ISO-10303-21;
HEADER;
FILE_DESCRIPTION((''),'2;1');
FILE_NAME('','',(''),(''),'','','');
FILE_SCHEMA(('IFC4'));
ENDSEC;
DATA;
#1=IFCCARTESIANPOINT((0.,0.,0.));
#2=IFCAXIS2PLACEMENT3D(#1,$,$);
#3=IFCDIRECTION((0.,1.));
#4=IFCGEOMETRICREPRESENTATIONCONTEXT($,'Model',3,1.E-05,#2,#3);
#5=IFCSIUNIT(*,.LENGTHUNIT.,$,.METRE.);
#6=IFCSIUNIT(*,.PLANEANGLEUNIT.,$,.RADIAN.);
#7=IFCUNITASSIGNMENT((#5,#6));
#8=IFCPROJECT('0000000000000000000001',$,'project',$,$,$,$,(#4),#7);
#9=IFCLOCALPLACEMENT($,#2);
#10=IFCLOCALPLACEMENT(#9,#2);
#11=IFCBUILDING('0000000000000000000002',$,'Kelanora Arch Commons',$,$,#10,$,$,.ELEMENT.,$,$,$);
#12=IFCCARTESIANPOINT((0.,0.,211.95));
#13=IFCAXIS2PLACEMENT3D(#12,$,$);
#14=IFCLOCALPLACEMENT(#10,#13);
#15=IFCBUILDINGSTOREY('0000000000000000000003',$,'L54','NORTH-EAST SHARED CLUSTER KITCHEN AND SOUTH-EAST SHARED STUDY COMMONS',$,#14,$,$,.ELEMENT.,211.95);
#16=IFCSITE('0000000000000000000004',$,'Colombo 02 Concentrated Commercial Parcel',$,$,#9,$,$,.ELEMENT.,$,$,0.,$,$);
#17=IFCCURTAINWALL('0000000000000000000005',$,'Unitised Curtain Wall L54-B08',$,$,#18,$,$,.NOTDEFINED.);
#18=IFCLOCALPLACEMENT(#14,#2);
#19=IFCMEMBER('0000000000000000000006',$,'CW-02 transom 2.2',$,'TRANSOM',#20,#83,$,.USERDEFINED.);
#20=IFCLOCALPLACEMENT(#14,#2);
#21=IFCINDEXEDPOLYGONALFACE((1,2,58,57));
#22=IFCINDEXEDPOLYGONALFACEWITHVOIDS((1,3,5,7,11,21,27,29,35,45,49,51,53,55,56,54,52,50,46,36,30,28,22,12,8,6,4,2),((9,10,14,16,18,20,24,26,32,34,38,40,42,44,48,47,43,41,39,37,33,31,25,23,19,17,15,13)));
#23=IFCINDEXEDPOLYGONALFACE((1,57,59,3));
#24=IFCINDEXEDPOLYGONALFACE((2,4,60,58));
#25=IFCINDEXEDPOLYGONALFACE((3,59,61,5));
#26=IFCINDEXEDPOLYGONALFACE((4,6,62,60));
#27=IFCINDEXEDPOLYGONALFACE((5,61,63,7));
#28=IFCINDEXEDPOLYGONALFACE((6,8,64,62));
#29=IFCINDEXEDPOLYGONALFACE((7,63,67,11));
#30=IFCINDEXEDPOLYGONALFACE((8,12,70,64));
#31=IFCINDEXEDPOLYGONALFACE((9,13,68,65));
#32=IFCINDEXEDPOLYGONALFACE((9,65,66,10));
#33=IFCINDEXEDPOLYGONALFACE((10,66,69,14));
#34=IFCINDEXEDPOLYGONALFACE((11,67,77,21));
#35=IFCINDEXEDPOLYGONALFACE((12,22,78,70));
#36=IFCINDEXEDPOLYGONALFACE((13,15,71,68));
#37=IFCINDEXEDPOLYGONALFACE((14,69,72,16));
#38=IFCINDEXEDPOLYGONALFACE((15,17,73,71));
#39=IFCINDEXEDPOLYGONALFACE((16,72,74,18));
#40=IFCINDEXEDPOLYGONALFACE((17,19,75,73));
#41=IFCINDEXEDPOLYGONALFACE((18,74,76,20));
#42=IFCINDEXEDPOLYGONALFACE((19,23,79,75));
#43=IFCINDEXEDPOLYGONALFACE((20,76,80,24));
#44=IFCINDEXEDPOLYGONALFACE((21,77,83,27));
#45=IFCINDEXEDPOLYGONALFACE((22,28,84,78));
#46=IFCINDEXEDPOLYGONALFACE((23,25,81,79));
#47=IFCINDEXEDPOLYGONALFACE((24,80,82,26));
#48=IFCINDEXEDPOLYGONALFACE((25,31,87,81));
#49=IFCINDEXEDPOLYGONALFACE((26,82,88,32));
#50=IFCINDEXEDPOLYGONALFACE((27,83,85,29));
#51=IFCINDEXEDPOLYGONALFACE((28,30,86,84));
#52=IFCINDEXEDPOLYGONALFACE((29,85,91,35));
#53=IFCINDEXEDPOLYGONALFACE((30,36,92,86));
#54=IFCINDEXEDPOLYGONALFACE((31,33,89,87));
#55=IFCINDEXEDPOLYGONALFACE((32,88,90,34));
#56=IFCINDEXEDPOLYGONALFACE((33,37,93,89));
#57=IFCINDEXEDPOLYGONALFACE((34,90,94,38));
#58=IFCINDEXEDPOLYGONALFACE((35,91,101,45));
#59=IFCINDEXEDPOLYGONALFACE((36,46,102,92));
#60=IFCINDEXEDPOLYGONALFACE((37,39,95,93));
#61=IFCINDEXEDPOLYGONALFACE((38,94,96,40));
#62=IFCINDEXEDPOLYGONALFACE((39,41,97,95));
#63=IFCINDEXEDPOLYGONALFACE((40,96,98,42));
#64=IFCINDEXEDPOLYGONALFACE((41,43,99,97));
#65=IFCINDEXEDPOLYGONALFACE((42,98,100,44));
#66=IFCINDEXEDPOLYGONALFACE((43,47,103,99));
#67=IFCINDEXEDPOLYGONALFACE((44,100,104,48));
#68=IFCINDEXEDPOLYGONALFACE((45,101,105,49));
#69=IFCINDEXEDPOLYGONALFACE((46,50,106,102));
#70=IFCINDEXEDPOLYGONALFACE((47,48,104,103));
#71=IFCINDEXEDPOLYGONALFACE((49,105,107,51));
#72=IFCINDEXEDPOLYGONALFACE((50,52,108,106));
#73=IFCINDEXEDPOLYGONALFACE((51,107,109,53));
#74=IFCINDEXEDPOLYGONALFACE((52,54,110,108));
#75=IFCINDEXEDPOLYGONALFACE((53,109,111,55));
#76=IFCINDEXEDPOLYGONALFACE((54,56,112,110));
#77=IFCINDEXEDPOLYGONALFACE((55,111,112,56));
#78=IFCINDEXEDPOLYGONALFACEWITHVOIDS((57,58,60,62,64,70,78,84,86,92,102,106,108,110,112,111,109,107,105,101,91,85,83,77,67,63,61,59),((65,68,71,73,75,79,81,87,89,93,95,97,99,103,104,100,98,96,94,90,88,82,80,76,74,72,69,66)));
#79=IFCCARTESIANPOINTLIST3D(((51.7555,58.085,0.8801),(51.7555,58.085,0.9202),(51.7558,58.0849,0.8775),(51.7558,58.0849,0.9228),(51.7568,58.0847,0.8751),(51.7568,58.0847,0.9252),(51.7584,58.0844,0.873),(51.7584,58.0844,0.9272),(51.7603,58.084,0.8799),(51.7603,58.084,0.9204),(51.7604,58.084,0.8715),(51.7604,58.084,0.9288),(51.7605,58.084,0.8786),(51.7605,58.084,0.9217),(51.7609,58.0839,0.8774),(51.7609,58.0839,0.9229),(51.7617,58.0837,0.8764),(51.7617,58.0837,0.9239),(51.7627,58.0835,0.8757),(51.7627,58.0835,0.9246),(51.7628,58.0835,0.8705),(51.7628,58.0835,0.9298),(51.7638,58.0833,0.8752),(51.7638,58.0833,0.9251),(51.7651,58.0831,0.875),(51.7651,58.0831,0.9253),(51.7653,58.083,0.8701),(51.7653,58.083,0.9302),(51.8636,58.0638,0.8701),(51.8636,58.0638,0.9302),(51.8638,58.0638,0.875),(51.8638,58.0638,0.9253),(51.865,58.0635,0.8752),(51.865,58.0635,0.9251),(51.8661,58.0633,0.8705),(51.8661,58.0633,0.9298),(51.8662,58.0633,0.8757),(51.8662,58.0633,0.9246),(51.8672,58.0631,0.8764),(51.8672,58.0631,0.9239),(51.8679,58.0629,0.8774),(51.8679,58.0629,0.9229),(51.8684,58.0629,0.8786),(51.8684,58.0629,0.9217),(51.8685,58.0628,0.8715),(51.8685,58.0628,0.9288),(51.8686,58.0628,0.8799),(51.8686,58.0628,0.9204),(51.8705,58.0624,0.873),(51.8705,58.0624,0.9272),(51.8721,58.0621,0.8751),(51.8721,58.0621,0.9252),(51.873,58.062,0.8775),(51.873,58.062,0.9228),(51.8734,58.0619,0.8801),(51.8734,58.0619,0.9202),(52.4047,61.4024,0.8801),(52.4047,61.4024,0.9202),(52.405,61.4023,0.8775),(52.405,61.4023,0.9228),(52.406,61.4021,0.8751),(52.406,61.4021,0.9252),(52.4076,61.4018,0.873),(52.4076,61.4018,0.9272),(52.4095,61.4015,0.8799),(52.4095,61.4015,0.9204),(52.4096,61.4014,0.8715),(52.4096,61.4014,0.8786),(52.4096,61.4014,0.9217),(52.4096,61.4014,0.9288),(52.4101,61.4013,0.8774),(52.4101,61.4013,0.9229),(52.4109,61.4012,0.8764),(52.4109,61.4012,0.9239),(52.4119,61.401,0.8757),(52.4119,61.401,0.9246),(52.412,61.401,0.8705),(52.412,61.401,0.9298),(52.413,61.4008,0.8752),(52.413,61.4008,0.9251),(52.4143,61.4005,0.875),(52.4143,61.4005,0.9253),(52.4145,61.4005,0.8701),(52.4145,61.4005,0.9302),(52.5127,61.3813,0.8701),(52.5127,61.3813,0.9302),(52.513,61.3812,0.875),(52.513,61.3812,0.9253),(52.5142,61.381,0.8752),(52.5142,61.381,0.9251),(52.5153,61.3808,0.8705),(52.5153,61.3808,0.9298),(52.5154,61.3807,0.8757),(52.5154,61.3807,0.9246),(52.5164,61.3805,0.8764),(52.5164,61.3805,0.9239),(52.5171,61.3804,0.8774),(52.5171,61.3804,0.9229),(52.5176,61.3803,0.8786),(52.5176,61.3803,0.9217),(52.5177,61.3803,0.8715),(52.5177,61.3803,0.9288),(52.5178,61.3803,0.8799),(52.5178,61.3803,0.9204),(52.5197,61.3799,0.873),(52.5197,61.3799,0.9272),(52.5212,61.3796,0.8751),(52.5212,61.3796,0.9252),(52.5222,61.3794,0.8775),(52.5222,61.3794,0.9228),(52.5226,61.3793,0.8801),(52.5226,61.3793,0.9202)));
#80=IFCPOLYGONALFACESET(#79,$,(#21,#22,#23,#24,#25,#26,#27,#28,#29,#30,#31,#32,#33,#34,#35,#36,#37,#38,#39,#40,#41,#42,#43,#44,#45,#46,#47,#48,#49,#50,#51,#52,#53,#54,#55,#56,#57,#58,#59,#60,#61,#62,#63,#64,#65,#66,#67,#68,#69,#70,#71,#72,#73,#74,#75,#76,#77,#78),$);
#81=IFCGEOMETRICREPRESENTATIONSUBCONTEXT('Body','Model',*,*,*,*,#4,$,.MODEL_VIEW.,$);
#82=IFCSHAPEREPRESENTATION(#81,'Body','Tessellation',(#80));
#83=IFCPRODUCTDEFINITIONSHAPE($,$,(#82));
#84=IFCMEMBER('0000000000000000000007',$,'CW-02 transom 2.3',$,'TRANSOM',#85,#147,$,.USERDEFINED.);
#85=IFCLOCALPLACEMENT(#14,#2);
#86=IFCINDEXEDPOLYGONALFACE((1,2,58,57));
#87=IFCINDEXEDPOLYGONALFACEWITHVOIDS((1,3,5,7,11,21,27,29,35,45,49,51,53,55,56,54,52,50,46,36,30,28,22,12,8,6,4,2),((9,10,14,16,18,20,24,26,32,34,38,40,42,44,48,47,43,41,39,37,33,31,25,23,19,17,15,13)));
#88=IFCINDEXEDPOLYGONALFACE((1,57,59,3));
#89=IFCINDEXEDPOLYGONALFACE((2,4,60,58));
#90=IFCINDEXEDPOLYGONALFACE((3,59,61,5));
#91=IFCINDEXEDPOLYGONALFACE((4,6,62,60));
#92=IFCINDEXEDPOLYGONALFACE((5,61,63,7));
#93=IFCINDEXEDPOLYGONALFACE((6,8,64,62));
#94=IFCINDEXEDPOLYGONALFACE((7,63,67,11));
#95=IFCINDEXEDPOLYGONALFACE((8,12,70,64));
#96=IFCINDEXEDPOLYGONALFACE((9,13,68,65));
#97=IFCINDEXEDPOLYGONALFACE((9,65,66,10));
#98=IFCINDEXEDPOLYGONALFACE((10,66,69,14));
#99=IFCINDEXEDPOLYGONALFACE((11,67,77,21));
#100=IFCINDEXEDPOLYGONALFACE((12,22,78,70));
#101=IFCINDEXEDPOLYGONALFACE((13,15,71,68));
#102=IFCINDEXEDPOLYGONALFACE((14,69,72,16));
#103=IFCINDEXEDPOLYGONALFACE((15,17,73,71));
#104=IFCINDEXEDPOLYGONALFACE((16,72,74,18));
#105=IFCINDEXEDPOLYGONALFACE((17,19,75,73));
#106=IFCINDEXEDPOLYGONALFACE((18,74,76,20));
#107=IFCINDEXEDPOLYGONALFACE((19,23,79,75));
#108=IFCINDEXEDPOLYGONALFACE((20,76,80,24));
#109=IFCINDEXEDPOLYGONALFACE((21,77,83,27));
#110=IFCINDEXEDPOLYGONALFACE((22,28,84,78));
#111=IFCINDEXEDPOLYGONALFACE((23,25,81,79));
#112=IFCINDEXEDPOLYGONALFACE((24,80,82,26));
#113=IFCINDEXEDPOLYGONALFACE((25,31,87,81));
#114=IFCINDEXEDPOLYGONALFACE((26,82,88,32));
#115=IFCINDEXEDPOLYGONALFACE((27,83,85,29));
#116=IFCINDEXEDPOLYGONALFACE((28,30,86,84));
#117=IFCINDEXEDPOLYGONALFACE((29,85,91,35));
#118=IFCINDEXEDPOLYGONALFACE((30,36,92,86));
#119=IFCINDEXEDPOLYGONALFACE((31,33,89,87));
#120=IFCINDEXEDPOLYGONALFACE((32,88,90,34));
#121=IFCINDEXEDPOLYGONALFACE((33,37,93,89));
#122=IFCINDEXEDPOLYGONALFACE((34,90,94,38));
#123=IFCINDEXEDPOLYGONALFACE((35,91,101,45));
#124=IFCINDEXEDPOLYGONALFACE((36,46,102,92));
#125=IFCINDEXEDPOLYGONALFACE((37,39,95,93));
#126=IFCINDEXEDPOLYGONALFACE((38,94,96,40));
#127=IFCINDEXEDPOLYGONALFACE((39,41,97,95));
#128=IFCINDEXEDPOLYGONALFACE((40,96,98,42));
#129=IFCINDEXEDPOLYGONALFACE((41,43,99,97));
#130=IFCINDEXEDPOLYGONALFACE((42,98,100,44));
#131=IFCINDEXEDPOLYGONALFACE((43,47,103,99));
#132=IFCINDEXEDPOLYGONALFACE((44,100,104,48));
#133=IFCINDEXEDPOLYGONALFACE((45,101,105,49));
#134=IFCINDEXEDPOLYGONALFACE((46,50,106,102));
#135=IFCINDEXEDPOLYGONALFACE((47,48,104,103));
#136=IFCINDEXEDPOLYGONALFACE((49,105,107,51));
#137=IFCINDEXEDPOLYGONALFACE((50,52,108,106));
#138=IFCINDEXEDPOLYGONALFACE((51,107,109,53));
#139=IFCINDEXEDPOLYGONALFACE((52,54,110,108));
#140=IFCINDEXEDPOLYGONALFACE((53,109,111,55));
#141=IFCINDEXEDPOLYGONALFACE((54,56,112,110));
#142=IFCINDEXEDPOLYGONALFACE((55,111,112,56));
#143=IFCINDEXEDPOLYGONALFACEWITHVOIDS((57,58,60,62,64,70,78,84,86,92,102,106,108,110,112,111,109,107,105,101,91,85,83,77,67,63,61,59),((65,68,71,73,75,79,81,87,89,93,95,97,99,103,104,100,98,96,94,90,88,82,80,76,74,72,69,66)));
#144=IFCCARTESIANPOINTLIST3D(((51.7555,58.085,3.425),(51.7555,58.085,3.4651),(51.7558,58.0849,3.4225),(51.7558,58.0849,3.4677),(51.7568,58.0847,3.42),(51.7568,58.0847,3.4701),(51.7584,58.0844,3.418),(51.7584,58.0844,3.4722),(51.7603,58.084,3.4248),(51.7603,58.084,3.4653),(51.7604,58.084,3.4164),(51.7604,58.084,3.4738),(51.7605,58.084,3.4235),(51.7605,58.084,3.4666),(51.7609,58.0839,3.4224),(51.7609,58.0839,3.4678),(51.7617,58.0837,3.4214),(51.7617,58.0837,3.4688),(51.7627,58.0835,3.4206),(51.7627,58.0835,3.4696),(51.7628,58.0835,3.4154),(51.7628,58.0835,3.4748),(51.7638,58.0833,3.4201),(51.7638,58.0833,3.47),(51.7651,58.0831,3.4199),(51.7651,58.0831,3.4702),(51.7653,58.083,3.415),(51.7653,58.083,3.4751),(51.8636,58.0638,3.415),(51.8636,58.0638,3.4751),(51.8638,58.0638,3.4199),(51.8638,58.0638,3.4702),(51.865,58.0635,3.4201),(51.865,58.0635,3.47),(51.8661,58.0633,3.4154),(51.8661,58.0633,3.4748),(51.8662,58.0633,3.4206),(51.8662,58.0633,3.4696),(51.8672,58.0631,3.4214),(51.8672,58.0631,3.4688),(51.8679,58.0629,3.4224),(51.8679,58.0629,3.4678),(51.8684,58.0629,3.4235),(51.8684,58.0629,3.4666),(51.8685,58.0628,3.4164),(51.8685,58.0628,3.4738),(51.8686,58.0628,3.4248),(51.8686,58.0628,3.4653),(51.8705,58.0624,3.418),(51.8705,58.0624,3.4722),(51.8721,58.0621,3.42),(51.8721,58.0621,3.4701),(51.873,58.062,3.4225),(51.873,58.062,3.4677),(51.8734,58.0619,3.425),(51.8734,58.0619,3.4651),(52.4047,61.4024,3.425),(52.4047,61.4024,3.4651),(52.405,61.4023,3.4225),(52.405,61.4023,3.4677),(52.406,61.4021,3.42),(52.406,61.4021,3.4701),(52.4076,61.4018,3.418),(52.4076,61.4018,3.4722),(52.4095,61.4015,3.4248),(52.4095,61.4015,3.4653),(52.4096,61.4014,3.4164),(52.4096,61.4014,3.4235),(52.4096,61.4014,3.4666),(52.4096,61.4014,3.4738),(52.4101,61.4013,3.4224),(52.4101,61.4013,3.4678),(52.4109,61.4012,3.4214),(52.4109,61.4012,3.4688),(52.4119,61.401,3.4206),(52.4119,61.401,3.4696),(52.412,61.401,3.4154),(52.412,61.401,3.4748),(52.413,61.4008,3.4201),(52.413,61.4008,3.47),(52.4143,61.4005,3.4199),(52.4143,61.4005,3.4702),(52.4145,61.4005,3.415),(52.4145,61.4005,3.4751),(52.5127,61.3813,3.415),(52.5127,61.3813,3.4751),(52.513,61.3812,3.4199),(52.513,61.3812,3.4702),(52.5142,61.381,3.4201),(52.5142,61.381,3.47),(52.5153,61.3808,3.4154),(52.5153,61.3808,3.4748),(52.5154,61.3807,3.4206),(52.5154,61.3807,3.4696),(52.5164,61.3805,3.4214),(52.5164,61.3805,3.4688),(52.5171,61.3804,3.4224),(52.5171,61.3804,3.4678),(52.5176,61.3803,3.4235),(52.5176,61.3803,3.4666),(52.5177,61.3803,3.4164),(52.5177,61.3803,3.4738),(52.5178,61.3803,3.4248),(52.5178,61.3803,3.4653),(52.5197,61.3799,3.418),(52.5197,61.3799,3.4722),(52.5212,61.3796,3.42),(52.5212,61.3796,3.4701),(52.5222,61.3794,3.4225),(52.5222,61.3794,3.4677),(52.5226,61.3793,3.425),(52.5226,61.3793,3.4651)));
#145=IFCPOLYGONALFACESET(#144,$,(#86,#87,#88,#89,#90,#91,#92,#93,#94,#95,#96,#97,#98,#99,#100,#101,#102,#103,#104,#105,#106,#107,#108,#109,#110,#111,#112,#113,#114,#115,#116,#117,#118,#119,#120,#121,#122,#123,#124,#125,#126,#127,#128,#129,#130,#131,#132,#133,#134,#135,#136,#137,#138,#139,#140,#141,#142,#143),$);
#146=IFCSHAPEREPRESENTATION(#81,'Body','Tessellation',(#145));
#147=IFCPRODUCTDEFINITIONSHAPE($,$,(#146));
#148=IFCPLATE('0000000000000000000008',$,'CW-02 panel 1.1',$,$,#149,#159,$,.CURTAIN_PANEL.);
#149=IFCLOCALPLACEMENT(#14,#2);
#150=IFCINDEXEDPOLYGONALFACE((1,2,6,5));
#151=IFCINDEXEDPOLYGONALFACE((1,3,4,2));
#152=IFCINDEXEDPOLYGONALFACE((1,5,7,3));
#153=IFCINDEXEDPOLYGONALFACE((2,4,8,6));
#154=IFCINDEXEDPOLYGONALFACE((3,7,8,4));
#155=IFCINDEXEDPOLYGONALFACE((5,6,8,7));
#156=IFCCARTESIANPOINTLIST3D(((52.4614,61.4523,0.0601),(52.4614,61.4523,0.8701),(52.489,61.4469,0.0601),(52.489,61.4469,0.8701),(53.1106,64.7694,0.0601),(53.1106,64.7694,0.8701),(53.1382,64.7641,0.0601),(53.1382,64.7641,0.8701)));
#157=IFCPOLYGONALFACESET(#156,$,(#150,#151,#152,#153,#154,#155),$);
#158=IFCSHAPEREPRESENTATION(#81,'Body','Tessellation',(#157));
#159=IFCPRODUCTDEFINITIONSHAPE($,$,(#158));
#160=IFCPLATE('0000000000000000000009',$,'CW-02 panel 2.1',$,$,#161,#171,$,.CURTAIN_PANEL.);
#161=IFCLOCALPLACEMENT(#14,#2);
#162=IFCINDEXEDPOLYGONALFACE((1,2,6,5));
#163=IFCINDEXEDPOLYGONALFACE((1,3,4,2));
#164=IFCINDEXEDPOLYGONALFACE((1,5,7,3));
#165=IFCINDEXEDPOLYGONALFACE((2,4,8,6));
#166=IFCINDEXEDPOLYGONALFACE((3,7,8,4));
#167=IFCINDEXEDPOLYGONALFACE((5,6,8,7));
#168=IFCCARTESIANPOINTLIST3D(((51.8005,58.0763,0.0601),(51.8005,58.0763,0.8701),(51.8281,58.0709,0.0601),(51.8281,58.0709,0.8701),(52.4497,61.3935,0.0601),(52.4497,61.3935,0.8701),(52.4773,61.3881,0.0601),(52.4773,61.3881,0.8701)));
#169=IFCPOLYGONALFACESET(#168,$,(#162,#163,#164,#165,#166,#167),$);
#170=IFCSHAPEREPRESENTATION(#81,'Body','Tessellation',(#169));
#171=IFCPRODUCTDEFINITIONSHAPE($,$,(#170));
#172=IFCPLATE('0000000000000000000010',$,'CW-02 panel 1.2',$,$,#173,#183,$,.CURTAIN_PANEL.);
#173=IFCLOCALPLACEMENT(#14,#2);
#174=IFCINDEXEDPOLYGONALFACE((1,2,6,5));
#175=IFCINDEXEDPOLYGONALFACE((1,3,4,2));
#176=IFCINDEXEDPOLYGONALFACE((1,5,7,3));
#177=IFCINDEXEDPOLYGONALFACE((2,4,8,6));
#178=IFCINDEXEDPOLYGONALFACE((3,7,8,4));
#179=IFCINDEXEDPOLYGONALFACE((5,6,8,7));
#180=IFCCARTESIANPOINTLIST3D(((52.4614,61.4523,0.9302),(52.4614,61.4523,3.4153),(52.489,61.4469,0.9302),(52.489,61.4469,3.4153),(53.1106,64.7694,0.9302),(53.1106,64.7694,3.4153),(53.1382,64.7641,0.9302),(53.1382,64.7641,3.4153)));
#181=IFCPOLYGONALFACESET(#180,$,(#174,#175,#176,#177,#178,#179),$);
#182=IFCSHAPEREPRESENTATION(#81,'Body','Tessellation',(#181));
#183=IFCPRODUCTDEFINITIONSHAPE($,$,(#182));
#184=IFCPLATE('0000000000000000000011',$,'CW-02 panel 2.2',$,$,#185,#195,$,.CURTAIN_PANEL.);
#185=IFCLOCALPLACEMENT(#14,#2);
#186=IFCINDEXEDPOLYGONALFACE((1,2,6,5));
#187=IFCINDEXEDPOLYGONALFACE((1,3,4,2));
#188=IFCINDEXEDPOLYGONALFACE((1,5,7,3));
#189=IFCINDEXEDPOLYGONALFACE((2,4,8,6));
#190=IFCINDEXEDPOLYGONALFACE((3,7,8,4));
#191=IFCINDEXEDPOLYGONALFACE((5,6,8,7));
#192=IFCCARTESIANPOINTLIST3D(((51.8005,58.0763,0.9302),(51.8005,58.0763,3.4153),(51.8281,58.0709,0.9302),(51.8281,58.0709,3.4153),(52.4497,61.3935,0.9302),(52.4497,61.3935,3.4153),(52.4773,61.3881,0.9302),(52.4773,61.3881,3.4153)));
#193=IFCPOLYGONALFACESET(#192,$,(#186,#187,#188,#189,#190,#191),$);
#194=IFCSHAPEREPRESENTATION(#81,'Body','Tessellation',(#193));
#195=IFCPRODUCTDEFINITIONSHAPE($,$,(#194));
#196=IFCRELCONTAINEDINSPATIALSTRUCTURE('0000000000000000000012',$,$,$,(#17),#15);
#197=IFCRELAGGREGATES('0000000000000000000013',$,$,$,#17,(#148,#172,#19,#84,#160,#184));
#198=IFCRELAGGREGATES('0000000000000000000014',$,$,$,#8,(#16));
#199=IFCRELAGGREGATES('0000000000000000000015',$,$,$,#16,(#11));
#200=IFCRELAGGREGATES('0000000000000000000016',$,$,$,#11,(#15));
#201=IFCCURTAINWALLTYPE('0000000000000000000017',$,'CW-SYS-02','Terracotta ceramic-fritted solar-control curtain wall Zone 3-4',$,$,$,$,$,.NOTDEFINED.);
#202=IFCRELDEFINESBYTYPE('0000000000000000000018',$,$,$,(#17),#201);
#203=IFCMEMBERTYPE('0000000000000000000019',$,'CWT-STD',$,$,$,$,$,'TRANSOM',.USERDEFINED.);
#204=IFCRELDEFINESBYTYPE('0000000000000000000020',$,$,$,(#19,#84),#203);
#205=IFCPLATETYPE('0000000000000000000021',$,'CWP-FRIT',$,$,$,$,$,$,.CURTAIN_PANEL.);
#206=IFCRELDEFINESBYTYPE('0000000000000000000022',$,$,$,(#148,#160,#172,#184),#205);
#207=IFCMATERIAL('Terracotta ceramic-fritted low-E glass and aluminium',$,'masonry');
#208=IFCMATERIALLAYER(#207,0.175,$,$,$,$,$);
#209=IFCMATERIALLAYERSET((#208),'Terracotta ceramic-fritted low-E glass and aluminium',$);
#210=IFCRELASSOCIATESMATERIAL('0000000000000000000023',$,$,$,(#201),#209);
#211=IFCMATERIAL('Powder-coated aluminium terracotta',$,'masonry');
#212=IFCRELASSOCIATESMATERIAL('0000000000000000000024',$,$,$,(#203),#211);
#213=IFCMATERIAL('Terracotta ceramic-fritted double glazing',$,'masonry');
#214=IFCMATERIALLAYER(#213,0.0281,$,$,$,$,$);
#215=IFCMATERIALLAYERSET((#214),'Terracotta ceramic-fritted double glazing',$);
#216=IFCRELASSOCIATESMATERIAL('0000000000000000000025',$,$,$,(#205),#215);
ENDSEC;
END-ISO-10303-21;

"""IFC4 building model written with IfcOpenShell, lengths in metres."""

from ifc_helpers import new_model, si_unit, direction, frame, origin, origin_2d, place, context, subcontext, project, spatial, rectangle, hollow_rectangle, extrude, source, transform, mapped, material, layer, layer_set, material_profile, profile_set, type_object, element, aggregate, save


model = new_model("IFC4")

# Units and contexts
model_context = context("Model", 3, precision=1e-05, world=origin(), true_north=direction((0.0, 1.0)))
body_context = subcontext(model_context, "Body", "Model", "MODEL_VIEW")
ifc_project = project(units=[si_unit("LENGTHUNIT", "METRE"), si_unit("PLANEANGLEUNIT", "RADIAN")], contexts=[model_context])

# Site, building, storey
site_placement = place(None, origin())
site = spatial("IfcSite", under=ifc_project, at=site_placement, Name="Colombo 02 Concentrated Commercial Parcel", CompositionType="ELEMENT", RefElevation=0.0)
building_placement = place(site_placement, origin())
building = spatial("IfcBuilding", under=site, at=building_placement, Name="Kelanora Arch Commons", CompositionType="ELEMENT")
storey_placement = place(building_placement, frame((0.0, 0.0, 211.95)))
storey = spatial("IfcBuildingStorey", under=building, at=storey_placement, Name="L54", Description="NORTH-EAST SHARED CLUSTER KITCHEN AND SOUTH-EAST SHARED STUDY COMMONS", CompositionType="ELEMENT", Elevation=211.95)

# Curtain wall, members, plates
ifc_material_1 = material(Name="Terracotta ceramic-fritted low-E glass and aluminium", Category="masonry")
ifc_layer_1 = layer(ifc_material_1, 0.175)
ifc_layer_set_1 = layer_set([ifc_layer_1], Name="Terracotta ceramic-fritted low-E glass and aluminium")
curtain_wall_type = type_object("IfcCurtainWallType", Name="CW-SYS-02", Description="Terracotta ceramic-fritted solar-control curtain wall Zone 3-4", PredefinedType="NOTDEFINED", material=ifc_layer_set_1)
curtain_wall_placement = place(storey_placement, origin())
curtain_wall = element("IfcCurtainWall", 1, at=curtain_wall_placement, inside=storey, type_object=curtain_wall_type, Name="Unitised Curtain Wall L54-B08", PredefinedType="NOTDEFINED")
ifc_material_2 = material(Name="Powder-coated aluminium terracotta", Category="masonry")
ifc_material_profile_1 = material_profile(ifc_material_2, hollow_rectangle(XDim=0.1201, YDim=0.0601, WallThickness=0.0049, InnerFilletRadius=0.0049, OuterFilletRadius=0.01, at=origin_2d()), Name="CWT120x60")
ifc_profile_set_1 = profile_set([ifc_material_profile_1], Name="Powder-coated aluminium terracotta")
member_type_1 = type_object("IfcMemberType", Name="CWT-STD", ElementType="TRANSOM", PredefinedType="USERDEFINED", material=ifc_profile_set_1)
member_1_placement = place(storey_placement, frame((52.4636, 61.3909, 0.9001), z_axis=(-0.192045, -0.981386, 0.0), x_axis=(0.981386, -0.192045, 0.0)))
member_1 = element("IfcMember", 2, at=member_1_placement, type_object=member_type_1, Name="CW-02 transom 2.2", ObjectType="TRANSOM", PredefinedType="USERDEFINED", context=body_context, shape_type="SweptSolid", body=[
    extrude(hollow_rectangle(XDim=0.1201, YDim=0.0601, WallThickness=0.0049, InnerFilletRadius=0.0049, OuterFilletRadius=0.01, at=origin_2d()), origin(), (0.0, 0.0, 1.0), 3.3804),
])
member_2_placement = place(storey_placement, frame((52.4636, 61.3909, 3.4451), z_axis=(-0.192045, -0.981386, 0.0), x_axis=(0.981386, -0.192045, 0.0)))
member_2 = element("IfcMember", 3, at=member_2_placement, type_object=member_type_1, Name="CW-02 transom 2.3", ObjectType="TRANSOM", PredefinedType="USERDEFINED", context=body_context, shape_type="SweptSolid", body=[
    extrude(hollow_rectangle(XDim=0.1201, YDim=0.0601, WallThickness=0.0049, InnerFilletRadius=0.0049, OuterFilletRadius=0.01, at=origin_2d()), origin(), (0.0, 0.0, 1.0), 3.3804),
])
ifc_material_3 = material(Name="Terracotta ceramic-fritted double glazing", Category="masonry")
ifc_layer_2 = layer(ifc_material_3, 0.0281)
ifc_layer_set_2 = layer_set([ifc_layer_2], Name="Terracotta ceramic-fritted double glazing")
plate_type = type_object("IfcPlateType", Name="CWP-FRIT", PredefinedType="CURTAIN_PANEL", material=ifc_layer_set_2)
shared_shape_1 = source(origin(), body_context, "Body", "SweptSolid", [
    extrude(rectangle(XDim=3.3801, YDim=0.0281, at=origin_2d()), origin(), (0.0, 0.0, 1.0), 0.8101),
])
plate_1_placement = place(storey_placement, frame((52.7998, 63.1082, 0.0601), z_axis=(0.0, 0.0, 1.0), x_axis=(-0.192069, -0.981381, 0.0)))
plate_1 = element("IfcPlate", 4, at=plate_1_placement, type_object=plate_type, Name="CW-02 panel 1.1", PredefinedType="CURTAIN_PANEL", context=body_context, shape_type="MappedRepresentation", body=[
    mapped(shared_shape_1, transform((0.0, 0.0, 0.0), scale=1.0)),
])
plate_2_placement = place(storey_placement, frame((52.1389, 59.7322, 0.0601), z_axis=(0.0, 0.0, 1.0), x_axis=(-0.192069, -0.981381, 0.0)))
plate_2 = element("IfcPlate", 5, at=plate_2_placement, type_object=plate_type, Name="CW-02 panel 2.1", PredefinedType="CURTAIN_PANEL", context=body_context, shape_type="MappedRepresentation", body=[
    mapped(shared_shape_1, transform((0.0, 0.0, 0.0), scale=1.0)),
])
shared_shape_2 = source(origin(), body_context, "Body", "SweptSolid", [
    extrude(rectangle(XDim=3.3801, YDim=0.0281, at=origin_2d()), origin(), (0.0, 0.0, 1.0), 2.4851),
])
plate_3_placement = place(storey_placement, frame((52.7998, 63.1082, 0.9302), z_axis=(0.0, 0.0, 1.0), x_axis=(-0.192069, -0.981381, 0.0)))
plate_3 = element("IfcPlate", 6, at=plate_3_placement, type_object=plate_type, Name="CW-02 panel 1.2", PredefinedType="CURTAIN_PANEL", context=body_context, shape_type="MappedRepresentation", body=[
    mapped(shared_shape_2, transform((0.0, 0.0, 0.0), scale=1.0)),
])
plate_4_placement = place(storey_placement, frame((52.1389, 59.7322, 0.9302), z_axis=(0.0, 0.0, 1.0), x_axis=(-0.192069, -0.981381, 0.0)))
plate_4 = element("IfcPlate", 7, at=plate_4_placement, type_object=plate_type, Name="CW-02 panel 2.2", PredefinedType="CURTAIN_PANEL", context=body_context, shape_type="MappedRepresentation", body=[
    mapped(shared_shape_2, transform((0.0, 0.0, 0.0), scale=1.0)),
])
aggregate(curtain_wall, [plate_1, plate_3, member_1, member_2, plate_2, plate_4])

save(model, "model.ifc")
